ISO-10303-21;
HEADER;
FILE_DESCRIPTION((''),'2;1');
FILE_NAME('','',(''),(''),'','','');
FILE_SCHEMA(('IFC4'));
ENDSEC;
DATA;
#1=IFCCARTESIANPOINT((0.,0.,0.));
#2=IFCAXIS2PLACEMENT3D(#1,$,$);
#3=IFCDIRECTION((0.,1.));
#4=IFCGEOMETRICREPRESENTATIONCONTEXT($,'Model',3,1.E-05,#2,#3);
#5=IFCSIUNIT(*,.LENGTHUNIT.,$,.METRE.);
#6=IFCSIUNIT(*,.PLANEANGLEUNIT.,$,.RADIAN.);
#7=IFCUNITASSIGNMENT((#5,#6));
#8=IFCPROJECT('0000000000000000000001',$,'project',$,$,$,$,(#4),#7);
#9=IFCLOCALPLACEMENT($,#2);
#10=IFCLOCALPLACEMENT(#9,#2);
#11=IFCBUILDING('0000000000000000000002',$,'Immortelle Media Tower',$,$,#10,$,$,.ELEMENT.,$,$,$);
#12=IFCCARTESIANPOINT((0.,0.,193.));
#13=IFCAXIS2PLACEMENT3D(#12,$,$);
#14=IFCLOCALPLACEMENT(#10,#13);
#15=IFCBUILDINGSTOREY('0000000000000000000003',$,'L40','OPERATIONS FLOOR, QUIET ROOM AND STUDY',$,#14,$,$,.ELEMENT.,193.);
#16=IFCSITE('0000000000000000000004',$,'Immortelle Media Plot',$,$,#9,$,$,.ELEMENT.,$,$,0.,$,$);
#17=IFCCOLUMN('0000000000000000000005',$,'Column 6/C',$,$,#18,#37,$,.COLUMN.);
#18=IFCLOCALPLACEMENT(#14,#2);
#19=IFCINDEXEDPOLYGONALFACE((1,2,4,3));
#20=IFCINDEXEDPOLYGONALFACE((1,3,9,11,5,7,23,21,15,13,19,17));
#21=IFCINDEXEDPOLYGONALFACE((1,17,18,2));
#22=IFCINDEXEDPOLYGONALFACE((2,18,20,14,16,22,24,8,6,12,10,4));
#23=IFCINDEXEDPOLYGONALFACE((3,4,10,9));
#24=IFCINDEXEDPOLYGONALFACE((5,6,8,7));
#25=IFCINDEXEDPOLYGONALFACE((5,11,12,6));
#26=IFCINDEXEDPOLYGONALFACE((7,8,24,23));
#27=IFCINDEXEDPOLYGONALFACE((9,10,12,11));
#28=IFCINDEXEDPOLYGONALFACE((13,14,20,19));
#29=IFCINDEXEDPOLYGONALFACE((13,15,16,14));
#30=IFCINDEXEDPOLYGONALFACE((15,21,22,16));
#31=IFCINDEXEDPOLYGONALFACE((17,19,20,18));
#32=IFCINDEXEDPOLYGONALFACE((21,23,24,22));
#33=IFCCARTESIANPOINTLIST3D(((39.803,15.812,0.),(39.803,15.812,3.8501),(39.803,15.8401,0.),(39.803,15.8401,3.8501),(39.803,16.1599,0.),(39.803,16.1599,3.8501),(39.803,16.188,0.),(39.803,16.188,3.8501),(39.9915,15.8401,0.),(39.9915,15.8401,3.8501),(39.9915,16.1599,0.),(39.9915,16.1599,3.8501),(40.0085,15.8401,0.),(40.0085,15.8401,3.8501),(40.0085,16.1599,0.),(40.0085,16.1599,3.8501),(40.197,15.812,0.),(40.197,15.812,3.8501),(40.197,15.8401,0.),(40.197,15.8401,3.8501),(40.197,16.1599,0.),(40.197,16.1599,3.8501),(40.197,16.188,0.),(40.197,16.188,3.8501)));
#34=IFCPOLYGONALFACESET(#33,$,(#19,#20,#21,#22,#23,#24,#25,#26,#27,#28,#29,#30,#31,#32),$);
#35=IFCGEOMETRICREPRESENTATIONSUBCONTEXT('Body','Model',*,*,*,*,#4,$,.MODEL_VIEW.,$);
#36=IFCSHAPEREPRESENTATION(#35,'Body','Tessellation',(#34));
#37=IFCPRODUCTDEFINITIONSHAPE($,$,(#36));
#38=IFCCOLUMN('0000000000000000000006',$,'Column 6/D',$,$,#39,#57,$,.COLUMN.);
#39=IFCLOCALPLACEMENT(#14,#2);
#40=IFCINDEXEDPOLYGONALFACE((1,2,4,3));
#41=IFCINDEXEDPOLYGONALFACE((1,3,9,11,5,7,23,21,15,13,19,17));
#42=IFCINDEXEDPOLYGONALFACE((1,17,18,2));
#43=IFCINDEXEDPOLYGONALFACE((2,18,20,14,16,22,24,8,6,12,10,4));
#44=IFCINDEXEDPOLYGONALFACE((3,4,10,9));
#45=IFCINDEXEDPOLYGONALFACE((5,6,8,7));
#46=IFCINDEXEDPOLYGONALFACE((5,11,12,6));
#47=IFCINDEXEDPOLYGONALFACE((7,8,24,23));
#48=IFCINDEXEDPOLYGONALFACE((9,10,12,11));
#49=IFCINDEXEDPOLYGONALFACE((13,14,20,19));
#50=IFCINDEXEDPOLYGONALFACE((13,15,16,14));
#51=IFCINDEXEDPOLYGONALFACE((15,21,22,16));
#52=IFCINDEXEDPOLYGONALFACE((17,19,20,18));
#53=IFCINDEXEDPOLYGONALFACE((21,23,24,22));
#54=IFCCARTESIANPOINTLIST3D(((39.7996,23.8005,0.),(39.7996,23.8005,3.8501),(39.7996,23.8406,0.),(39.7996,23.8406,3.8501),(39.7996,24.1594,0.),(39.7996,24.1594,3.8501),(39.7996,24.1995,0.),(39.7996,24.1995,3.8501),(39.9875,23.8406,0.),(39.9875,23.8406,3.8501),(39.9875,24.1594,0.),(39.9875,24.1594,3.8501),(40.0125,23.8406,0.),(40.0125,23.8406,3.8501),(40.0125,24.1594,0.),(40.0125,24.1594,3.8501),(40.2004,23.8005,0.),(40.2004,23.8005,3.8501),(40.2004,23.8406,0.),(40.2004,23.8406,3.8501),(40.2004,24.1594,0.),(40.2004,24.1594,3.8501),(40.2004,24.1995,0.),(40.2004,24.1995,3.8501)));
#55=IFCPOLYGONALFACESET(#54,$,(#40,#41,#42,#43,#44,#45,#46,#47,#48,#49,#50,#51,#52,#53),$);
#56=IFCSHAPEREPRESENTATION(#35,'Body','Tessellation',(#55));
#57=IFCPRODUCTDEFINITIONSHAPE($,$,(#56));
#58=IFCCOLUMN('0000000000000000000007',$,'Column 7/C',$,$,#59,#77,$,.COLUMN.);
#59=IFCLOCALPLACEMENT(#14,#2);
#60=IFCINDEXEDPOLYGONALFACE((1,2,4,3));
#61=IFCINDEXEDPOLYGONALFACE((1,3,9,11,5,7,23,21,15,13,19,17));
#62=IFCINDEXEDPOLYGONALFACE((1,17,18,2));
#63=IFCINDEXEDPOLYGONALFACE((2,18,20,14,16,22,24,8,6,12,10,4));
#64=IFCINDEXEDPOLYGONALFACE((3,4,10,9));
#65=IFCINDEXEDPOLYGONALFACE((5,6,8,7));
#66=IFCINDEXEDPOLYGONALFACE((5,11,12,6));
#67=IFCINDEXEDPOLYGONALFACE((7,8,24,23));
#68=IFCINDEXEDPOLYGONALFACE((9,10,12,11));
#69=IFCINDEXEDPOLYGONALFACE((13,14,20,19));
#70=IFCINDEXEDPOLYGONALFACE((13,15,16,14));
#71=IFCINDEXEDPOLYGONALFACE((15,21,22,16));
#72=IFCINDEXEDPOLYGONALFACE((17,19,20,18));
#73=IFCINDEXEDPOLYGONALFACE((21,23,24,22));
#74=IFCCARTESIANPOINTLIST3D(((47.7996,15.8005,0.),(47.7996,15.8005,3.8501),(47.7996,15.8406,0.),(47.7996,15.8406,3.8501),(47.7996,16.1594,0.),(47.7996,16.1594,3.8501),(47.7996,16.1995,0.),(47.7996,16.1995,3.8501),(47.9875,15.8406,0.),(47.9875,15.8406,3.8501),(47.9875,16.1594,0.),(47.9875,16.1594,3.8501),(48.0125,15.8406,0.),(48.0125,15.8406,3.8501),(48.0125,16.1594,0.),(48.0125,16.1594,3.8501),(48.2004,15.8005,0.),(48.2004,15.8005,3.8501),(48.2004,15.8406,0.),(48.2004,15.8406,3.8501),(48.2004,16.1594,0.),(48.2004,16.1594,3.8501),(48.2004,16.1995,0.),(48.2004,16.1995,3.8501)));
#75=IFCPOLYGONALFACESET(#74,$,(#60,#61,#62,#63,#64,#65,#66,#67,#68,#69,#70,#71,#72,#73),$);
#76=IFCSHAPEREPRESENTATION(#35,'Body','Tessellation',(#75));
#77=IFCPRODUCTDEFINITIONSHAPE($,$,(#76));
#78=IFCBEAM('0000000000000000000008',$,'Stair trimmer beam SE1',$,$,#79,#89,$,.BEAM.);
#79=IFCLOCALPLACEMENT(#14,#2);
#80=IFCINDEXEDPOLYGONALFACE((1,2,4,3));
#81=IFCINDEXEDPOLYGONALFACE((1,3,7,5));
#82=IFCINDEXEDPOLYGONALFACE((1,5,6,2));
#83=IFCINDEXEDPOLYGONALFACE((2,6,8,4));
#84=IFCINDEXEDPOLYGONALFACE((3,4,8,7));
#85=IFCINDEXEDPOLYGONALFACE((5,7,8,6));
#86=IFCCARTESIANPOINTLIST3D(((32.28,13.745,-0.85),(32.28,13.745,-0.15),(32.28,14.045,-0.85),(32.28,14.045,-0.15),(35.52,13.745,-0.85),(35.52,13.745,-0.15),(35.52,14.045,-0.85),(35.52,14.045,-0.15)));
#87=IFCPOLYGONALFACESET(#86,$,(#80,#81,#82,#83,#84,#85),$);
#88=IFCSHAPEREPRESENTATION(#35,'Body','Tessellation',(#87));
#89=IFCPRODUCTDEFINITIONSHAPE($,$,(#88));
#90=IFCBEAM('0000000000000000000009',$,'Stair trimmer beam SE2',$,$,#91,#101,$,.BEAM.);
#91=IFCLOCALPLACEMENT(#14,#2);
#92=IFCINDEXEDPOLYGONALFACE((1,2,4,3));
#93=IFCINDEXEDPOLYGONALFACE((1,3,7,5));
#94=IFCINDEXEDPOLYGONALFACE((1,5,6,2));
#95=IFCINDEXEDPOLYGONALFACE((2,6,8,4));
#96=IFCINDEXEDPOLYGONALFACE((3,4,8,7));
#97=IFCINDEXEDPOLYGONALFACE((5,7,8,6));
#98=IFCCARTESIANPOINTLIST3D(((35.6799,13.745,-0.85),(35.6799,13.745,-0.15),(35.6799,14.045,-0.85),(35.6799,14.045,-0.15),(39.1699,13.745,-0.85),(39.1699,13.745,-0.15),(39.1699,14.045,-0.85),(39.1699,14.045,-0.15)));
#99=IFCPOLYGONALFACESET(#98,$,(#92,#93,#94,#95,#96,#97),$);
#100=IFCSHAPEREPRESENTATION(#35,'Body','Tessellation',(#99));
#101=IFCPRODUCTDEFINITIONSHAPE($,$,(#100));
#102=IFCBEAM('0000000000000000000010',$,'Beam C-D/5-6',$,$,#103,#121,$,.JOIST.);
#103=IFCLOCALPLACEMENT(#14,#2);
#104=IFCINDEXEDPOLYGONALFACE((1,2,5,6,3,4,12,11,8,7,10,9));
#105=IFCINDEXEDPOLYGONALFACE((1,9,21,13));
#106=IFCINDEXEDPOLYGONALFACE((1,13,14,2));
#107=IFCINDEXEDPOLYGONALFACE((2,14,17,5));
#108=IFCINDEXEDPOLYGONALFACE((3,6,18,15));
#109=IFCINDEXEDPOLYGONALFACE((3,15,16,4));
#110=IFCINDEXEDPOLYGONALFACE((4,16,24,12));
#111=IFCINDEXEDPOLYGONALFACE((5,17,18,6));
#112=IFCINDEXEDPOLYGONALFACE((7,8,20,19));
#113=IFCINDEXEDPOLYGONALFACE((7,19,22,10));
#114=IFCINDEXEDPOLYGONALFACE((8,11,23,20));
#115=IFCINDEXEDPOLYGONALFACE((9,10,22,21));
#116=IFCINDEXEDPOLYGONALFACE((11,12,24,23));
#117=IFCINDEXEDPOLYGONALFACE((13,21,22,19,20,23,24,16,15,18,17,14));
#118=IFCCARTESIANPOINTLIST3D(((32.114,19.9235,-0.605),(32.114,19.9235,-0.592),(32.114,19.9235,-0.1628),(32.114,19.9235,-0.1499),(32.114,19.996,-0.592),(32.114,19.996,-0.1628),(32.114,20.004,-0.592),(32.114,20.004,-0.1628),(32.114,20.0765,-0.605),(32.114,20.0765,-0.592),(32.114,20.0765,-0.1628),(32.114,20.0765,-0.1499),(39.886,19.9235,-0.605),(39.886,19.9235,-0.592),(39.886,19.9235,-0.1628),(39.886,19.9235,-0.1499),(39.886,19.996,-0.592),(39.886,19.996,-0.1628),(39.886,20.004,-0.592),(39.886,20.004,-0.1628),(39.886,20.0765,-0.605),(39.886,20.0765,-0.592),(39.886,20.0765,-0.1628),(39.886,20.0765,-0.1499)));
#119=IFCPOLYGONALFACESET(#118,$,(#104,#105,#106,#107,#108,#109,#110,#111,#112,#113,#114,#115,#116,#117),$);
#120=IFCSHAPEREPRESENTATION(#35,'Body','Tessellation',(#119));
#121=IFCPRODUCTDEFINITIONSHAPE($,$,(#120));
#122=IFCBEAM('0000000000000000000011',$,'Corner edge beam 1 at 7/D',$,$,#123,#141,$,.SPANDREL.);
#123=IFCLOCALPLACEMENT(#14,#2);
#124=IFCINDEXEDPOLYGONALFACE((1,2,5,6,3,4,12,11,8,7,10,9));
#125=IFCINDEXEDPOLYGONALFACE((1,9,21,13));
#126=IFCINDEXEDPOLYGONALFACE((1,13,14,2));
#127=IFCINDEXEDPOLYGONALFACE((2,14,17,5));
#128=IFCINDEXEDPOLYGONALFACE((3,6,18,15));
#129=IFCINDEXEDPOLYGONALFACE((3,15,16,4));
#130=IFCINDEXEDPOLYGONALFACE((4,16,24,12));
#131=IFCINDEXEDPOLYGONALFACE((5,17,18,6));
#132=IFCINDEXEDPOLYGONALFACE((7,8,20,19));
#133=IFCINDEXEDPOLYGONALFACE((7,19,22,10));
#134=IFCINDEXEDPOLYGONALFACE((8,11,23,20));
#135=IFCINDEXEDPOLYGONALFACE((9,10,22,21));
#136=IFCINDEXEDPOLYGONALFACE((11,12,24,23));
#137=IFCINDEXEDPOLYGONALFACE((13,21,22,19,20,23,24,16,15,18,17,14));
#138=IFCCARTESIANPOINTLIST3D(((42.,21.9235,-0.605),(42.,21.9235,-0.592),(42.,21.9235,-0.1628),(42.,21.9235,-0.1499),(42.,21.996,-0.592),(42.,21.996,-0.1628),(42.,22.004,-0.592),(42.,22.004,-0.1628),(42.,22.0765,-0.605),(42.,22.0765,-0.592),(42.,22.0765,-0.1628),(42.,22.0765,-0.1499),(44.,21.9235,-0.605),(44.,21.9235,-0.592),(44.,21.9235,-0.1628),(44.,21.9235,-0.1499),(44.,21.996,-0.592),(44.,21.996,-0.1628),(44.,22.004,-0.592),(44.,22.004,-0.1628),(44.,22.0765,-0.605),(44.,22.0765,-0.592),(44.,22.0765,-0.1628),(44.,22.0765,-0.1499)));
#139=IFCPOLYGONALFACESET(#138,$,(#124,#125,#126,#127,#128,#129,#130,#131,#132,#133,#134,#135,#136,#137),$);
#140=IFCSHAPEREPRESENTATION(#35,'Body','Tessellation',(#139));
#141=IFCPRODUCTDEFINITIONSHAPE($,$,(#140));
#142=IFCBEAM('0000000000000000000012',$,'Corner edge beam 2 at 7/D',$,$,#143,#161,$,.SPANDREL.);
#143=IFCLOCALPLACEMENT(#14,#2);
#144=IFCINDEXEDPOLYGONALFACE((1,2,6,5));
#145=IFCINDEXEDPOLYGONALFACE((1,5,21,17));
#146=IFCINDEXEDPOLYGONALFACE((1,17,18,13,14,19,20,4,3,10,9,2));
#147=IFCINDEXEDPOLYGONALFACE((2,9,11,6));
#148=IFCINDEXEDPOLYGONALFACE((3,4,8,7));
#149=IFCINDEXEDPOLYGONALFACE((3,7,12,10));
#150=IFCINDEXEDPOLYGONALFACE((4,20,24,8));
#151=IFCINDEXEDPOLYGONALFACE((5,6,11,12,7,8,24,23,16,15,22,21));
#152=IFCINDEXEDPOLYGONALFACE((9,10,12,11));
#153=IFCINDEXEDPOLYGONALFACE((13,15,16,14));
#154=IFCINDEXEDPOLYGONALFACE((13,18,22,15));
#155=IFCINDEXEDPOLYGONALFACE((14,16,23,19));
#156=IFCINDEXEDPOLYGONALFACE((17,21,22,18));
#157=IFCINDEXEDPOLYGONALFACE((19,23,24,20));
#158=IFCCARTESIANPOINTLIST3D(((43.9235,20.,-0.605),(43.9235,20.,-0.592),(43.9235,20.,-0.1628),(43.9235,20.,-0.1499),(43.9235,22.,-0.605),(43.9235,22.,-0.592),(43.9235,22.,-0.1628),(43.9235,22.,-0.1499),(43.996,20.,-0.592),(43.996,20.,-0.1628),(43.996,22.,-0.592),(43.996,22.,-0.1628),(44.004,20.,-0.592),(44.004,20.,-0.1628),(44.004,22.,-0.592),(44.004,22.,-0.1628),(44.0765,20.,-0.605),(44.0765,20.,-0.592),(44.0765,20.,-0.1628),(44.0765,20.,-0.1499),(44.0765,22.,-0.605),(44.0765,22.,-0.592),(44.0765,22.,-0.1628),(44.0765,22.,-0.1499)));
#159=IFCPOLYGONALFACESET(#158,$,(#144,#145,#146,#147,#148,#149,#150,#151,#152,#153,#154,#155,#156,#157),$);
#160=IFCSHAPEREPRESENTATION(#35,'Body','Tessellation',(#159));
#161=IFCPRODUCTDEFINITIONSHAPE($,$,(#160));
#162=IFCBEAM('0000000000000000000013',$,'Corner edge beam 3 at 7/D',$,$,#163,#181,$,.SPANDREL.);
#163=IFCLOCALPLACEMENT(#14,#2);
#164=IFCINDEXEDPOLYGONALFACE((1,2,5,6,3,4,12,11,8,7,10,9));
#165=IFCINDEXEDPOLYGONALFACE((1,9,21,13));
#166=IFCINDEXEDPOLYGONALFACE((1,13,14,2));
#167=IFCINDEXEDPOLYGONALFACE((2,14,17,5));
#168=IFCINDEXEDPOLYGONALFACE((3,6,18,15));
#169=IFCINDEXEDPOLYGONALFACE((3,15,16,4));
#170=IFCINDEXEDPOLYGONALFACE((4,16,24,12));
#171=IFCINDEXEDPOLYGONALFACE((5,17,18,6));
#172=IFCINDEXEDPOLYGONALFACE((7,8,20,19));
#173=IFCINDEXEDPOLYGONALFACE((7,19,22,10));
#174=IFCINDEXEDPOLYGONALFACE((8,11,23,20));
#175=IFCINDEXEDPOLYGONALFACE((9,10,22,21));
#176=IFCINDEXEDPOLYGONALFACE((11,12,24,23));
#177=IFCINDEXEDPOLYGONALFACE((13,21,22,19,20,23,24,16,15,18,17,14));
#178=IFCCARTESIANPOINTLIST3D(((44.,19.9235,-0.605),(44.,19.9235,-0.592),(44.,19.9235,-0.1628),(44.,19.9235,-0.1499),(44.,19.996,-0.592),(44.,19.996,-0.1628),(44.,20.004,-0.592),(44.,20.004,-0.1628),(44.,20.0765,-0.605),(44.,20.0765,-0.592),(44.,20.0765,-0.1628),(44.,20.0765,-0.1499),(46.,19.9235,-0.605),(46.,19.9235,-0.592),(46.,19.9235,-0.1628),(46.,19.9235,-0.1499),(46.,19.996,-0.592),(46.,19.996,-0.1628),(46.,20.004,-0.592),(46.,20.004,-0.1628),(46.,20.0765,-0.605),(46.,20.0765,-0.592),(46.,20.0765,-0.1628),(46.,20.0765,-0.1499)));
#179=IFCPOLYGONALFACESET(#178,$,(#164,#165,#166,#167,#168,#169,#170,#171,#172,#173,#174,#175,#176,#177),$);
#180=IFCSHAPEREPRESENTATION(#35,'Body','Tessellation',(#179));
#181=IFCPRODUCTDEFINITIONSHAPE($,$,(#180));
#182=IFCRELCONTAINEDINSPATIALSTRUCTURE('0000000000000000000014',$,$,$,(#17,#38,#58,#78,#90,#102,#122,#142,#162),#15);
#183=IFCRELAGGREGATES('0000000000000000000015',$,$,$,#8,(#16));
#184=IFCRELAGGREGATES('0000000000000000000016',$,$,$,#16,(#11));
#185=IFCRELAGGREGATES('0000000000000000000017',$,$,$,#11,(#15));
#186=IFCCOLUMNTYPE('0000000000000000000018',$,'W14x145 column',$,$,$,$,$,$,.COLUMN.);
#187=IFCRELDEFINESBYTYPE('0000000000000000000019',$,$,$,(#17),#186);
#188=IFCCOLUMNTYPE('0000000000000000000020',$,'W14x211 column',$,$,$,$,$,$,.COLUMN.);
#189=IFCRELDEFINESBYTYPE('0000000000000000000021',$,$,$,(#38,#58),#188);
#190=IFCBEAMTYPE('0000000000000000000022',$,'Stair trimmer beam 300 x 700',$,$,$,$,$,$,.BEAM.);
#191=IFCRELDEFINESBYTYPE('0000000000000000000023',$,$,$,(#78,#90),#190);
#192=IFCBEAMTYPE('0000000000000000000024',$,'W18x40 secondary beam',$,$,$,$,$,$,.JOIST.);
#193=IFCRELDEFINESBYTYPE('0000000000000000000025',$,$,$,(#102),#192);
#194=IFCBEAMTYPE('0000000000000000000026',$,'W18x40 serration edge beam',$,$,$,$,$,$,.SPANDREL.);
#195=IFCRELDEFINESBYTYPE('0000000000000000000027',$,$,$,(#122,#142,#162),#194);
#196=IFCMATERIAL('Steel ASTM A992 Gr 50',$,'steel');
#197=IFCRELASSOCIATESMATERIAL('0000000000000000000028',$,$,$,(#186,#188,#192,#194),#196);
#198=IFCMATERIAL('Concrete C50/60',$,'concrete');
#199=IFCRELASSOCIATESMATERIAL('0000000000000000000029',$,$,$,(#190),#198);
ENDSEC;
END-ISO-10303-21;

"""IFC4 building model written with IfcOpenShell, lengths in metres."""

from ifc_helpers import new_model, si_unit, direction, frame, origin, origin_2d, place, context, subcontext, project, spatial, rectangle, i_section, extrude, material, material_profile, profile_set, type_object, element, save


model = new_model("IFC4")

# Units and contexts
model_context = context("Model", 3, precision=1e-05, world=origin(), true_north=direction((0.0, 1.0)))
body_context = subcontext(model_context, "Body", "Model", "MODEL_VIEW")
ifc_project = project(units=[si_unit("LENGTHUNIT", "METRE"), si_unit("PLANEANGLEUNIT", "RADIAN")], contexts=[model_context])

# Site, building, storey
site_placement = place(None, origin())
site = spatial("IfcSite", under=ifc_project, at=site_placement, Name="Immortelle Media Plot", CompositionType="ELEMENT", RefElevation=0.0)
building_placement = place(site_placement, origin())
building = spatial("IfcBuilding", under=site, at=building_placement, Name="Immortelle Media Tower", CompositionType="ELEMENT")
storey_placement = place(building_placement, frame((0.0, 0.0, 193.0)))
storey = spatial("IfcBuildingStorey", under=building, at=storey_placement, Name="L40", Description="OPERATIONS FLOOR, QUIET ROOM AND STUDY", CompositionType="ELEMENT", Elevation=193.0)

# Columns
ifc_material_1 = material(Name="Steel ASTM A992 Gr 50", Category="steel")
ifc_material_profile_1 = material_profile(ifc_material_1, i_section(OverallWidth=0.394, OverallDepth=0.376, WebThickness=0.0171, FlangeThickness=0.0281, at=origin_2d()), Name="W14x145")
ifc_profile_set_1 = profile_set([ifc_material_profile_1], Name="Steel ASTM A992 Gr 50")
column_type_1 = type_object("IfcColumnType", Name="W14x145 column", PredefinedType="COLUMN", material=ifc_profile_set_1)
column_placement = place(storey_placement, frame((40.0, 16.0, 0.0), z_axis=(0.0, 0.0, 1.0), x_axis=(1.0, 0.0, 0.0)))
element("IfcColumn", 1, at=column_placement, inside=storey, type_object=column_type_1, Name="Column 6/C", PredefinedType="COLUMN", context=body_context, shape_type="SweptSolid", body=[
    extrude(i_section(OverallWidth=0.394, OverallDepth=0.376, WebThickness=0.0171, FlangeThickness=0.0281, at=origin_2d()), origin(), (0.0, 0.0, 1.0), 3.8501),
])
ifc_material_profile_2 = material_profile(ifc_material_1, i_section(OverallWidth=0.4009, OverallDepth=0.3989, WebThickness=0.0249, FlangeThickness=0.04, at=origin_2d()), Name="W14x211")
ifc_profile_set_2 = profile_set([ifc_material_profile_2], Name="Steel ASTM A992 Gr 50")
column_type_2 = type_object("IfcColumnType", Name="W14x211 column", PredefinedType="COLUMN", material=ifc_profile_set_2)
for number, where, z_axis, x_axis, name in (
    (2, (40.0, 24.0, 0.0), (0.0, 0.0, 1.0), (1.0, 0.0, 0.0), "Column 6/D"),
    (3, (48.0, 16.0, 0.0), (0.0, 0.0, 1.0), (1.0, 0.0, 0.0), "Column 7/C"),
):
    element("IfcColumn", number, at=place(storey_placement, frame(where, z_axis=z_axis, x_axis=x_axis)), inside=storey, type_object=column_type_2, Name=name, PredefinedType="COLUMN", context=body_context, shape_type="SweptSolid", body=[
        extrude(i_section(OverallWidth=0.4009, OverallDepth=0.3989, WebThickness=0.0249, FlangeThickness=0.04, at=origin_2d()), origin(), (0.0, 0.0, 1.0), 3.8501),
    ])

# Beams
ifc_material_2 = material(Name="Concrete C50/60", Category="concrete")
ifc_material_profile_3 = material_profile(ifc_material_2, rectangle(XDim=0.3, YDim=0.7, at=origin_2d()), Name="RC 300x700")
ifc_profile_set_3 = profile_set([ifc_material_profile_3], Name="Concrete C50/60")
beam_type_1 = type_object("IfcBeamType", Name="Stair trimmer beam 300 x 700", PredefinedType="BEAM", material=ifc_profile_set_3)
beam_1_placement = place(storey_placement, frame((32.28, 13.895, -0.5), z_axis=(1.0, 0.0, 0.0), x_axis=(0.0, 1.0, 0.0)))
element("IfcBeam", 4, at=beam_1_placement, inside=storey, type_object=beam_type_1, Name="Stair trimmer beam SE1", PredefinedType="BEAM", context=body_context, shape_type="SweptSolid", body=[
    extrude(rectangle(XDim=0.3, YDim=0.7, at=origin_2d()), origin(), (0.0, 0.0, 1.0), 3.24),
])
beam_2_placement = place(storey_placement, frame((35.6799, 13.895, -0.5), z_axis=(1.0, 0.0, 0.0), x_axis=(0.0, 1.0, 0.0)))
element("IfcBeam", 5, at=beam_2_placement, inside=storey, type_object=beam_type_1, Name="Stair trimmer beam SE2", PredefinedType="BEAM", context=body_context, shape_type="SweptSolid", body=[
    extrude(rectangle(XDim=0.3, YDim=0.7, at=origin_2d()), origin(), (0.0, 0.0, 1.0), 3.49),
])
ifc_material_profile_4 = material_profile(ifc_material_1, i_section(OverallWidth=0.1531, OverallDepth=0.4551, WebThickness=0.0081, FlangeThickness=0.0129, at=origin_2d()), Name="W18x40")
ifc_profile_set_4 = profile_set([ifc_material_profile_4], Name="Steel ASTM A992 Gr 50")
beam_type_2 = type_object("IfcBeamType", Name="W18x40 secondary beam", PredefinedType="JOIST", material=ifc_profile_set_4)
beam_3_placement = place(storey_placement, frame((32.114, 20.0, -0.3774), z_axis=(1.0, 0.0, 0.0), x_axis=(0.0, 1.0, 0.0)))
element("IfcBeam", 6, at=beam_3_placement, inside=storey, type_object=beam_type_2, Name="Beam C-D/5-6", PredefinedType="JOIST", context=body_context, shape_type="SweptSolid", body=[
    extrude(i_section(OverallWidth=0.1531, OverallDepth=0.4551, WebThickness=0.0081, FlangeThickness=0.0129, at=origin_2d()), origin(), (0.0, 0.0, 1.0), 7.772),
])
ifc_material_profile_5 = material_profile(ifc_material_1, i_section(OverallWidth=0.1531, OverallDepth=0.4551, WebThickness=0.0081, FlangeThickness=0.0129, at=origin_2d()), Name="W18x40")
ifc_profile_set_5 = profile_set([ifc_material_profile_5], Name="Steel ASTM A992 Gr 50")
beam_type_3 = type_object("IfcBeamType", Name="W18x40 serration edge beam", PredefinedType="SPANDREL", material=ifc_profile_set_5)
for number, where, z_axis, x_axis, name in (
    (7, (42.0, 22.0, -0.3774), (1.0, 0.0, 0.0), (0.0, 1.0, 0.0), "Corner edge beam 1 at 7/D"),
    (8, (44.0, 22.0, -0.3774), (0.0, -1.0, 0.0), (1.0, 0.0, 0.0), "Corner edge beam 2 at 7/D"),
    (9, (44.0, 20.0, -0.3774), (1.0, 0.0, 0.0), (0.0, 1.0, 0.0), "Corner edge beam 3 at 7/D"),
):
    element("IfcBeam", number, at=place(storey_placement, frame(where, z_axis=z_axis, x_axis=x_axis)), inside=storey, type_object=beam_type_3, Name=name, PredefinedType="SPANDREL", context=body_context, shape_type="SweptSolid", body=[
        extrude(i_section(OverallWidth=0.1531, OverallDepth=0.4551, WebThickness=0.0081, FlangeThickness=0.0129, at=origin_2d()), origin(), (0.0, 0.0, 1.0), 2.0),
    ])

save(model, "model.ifc")
